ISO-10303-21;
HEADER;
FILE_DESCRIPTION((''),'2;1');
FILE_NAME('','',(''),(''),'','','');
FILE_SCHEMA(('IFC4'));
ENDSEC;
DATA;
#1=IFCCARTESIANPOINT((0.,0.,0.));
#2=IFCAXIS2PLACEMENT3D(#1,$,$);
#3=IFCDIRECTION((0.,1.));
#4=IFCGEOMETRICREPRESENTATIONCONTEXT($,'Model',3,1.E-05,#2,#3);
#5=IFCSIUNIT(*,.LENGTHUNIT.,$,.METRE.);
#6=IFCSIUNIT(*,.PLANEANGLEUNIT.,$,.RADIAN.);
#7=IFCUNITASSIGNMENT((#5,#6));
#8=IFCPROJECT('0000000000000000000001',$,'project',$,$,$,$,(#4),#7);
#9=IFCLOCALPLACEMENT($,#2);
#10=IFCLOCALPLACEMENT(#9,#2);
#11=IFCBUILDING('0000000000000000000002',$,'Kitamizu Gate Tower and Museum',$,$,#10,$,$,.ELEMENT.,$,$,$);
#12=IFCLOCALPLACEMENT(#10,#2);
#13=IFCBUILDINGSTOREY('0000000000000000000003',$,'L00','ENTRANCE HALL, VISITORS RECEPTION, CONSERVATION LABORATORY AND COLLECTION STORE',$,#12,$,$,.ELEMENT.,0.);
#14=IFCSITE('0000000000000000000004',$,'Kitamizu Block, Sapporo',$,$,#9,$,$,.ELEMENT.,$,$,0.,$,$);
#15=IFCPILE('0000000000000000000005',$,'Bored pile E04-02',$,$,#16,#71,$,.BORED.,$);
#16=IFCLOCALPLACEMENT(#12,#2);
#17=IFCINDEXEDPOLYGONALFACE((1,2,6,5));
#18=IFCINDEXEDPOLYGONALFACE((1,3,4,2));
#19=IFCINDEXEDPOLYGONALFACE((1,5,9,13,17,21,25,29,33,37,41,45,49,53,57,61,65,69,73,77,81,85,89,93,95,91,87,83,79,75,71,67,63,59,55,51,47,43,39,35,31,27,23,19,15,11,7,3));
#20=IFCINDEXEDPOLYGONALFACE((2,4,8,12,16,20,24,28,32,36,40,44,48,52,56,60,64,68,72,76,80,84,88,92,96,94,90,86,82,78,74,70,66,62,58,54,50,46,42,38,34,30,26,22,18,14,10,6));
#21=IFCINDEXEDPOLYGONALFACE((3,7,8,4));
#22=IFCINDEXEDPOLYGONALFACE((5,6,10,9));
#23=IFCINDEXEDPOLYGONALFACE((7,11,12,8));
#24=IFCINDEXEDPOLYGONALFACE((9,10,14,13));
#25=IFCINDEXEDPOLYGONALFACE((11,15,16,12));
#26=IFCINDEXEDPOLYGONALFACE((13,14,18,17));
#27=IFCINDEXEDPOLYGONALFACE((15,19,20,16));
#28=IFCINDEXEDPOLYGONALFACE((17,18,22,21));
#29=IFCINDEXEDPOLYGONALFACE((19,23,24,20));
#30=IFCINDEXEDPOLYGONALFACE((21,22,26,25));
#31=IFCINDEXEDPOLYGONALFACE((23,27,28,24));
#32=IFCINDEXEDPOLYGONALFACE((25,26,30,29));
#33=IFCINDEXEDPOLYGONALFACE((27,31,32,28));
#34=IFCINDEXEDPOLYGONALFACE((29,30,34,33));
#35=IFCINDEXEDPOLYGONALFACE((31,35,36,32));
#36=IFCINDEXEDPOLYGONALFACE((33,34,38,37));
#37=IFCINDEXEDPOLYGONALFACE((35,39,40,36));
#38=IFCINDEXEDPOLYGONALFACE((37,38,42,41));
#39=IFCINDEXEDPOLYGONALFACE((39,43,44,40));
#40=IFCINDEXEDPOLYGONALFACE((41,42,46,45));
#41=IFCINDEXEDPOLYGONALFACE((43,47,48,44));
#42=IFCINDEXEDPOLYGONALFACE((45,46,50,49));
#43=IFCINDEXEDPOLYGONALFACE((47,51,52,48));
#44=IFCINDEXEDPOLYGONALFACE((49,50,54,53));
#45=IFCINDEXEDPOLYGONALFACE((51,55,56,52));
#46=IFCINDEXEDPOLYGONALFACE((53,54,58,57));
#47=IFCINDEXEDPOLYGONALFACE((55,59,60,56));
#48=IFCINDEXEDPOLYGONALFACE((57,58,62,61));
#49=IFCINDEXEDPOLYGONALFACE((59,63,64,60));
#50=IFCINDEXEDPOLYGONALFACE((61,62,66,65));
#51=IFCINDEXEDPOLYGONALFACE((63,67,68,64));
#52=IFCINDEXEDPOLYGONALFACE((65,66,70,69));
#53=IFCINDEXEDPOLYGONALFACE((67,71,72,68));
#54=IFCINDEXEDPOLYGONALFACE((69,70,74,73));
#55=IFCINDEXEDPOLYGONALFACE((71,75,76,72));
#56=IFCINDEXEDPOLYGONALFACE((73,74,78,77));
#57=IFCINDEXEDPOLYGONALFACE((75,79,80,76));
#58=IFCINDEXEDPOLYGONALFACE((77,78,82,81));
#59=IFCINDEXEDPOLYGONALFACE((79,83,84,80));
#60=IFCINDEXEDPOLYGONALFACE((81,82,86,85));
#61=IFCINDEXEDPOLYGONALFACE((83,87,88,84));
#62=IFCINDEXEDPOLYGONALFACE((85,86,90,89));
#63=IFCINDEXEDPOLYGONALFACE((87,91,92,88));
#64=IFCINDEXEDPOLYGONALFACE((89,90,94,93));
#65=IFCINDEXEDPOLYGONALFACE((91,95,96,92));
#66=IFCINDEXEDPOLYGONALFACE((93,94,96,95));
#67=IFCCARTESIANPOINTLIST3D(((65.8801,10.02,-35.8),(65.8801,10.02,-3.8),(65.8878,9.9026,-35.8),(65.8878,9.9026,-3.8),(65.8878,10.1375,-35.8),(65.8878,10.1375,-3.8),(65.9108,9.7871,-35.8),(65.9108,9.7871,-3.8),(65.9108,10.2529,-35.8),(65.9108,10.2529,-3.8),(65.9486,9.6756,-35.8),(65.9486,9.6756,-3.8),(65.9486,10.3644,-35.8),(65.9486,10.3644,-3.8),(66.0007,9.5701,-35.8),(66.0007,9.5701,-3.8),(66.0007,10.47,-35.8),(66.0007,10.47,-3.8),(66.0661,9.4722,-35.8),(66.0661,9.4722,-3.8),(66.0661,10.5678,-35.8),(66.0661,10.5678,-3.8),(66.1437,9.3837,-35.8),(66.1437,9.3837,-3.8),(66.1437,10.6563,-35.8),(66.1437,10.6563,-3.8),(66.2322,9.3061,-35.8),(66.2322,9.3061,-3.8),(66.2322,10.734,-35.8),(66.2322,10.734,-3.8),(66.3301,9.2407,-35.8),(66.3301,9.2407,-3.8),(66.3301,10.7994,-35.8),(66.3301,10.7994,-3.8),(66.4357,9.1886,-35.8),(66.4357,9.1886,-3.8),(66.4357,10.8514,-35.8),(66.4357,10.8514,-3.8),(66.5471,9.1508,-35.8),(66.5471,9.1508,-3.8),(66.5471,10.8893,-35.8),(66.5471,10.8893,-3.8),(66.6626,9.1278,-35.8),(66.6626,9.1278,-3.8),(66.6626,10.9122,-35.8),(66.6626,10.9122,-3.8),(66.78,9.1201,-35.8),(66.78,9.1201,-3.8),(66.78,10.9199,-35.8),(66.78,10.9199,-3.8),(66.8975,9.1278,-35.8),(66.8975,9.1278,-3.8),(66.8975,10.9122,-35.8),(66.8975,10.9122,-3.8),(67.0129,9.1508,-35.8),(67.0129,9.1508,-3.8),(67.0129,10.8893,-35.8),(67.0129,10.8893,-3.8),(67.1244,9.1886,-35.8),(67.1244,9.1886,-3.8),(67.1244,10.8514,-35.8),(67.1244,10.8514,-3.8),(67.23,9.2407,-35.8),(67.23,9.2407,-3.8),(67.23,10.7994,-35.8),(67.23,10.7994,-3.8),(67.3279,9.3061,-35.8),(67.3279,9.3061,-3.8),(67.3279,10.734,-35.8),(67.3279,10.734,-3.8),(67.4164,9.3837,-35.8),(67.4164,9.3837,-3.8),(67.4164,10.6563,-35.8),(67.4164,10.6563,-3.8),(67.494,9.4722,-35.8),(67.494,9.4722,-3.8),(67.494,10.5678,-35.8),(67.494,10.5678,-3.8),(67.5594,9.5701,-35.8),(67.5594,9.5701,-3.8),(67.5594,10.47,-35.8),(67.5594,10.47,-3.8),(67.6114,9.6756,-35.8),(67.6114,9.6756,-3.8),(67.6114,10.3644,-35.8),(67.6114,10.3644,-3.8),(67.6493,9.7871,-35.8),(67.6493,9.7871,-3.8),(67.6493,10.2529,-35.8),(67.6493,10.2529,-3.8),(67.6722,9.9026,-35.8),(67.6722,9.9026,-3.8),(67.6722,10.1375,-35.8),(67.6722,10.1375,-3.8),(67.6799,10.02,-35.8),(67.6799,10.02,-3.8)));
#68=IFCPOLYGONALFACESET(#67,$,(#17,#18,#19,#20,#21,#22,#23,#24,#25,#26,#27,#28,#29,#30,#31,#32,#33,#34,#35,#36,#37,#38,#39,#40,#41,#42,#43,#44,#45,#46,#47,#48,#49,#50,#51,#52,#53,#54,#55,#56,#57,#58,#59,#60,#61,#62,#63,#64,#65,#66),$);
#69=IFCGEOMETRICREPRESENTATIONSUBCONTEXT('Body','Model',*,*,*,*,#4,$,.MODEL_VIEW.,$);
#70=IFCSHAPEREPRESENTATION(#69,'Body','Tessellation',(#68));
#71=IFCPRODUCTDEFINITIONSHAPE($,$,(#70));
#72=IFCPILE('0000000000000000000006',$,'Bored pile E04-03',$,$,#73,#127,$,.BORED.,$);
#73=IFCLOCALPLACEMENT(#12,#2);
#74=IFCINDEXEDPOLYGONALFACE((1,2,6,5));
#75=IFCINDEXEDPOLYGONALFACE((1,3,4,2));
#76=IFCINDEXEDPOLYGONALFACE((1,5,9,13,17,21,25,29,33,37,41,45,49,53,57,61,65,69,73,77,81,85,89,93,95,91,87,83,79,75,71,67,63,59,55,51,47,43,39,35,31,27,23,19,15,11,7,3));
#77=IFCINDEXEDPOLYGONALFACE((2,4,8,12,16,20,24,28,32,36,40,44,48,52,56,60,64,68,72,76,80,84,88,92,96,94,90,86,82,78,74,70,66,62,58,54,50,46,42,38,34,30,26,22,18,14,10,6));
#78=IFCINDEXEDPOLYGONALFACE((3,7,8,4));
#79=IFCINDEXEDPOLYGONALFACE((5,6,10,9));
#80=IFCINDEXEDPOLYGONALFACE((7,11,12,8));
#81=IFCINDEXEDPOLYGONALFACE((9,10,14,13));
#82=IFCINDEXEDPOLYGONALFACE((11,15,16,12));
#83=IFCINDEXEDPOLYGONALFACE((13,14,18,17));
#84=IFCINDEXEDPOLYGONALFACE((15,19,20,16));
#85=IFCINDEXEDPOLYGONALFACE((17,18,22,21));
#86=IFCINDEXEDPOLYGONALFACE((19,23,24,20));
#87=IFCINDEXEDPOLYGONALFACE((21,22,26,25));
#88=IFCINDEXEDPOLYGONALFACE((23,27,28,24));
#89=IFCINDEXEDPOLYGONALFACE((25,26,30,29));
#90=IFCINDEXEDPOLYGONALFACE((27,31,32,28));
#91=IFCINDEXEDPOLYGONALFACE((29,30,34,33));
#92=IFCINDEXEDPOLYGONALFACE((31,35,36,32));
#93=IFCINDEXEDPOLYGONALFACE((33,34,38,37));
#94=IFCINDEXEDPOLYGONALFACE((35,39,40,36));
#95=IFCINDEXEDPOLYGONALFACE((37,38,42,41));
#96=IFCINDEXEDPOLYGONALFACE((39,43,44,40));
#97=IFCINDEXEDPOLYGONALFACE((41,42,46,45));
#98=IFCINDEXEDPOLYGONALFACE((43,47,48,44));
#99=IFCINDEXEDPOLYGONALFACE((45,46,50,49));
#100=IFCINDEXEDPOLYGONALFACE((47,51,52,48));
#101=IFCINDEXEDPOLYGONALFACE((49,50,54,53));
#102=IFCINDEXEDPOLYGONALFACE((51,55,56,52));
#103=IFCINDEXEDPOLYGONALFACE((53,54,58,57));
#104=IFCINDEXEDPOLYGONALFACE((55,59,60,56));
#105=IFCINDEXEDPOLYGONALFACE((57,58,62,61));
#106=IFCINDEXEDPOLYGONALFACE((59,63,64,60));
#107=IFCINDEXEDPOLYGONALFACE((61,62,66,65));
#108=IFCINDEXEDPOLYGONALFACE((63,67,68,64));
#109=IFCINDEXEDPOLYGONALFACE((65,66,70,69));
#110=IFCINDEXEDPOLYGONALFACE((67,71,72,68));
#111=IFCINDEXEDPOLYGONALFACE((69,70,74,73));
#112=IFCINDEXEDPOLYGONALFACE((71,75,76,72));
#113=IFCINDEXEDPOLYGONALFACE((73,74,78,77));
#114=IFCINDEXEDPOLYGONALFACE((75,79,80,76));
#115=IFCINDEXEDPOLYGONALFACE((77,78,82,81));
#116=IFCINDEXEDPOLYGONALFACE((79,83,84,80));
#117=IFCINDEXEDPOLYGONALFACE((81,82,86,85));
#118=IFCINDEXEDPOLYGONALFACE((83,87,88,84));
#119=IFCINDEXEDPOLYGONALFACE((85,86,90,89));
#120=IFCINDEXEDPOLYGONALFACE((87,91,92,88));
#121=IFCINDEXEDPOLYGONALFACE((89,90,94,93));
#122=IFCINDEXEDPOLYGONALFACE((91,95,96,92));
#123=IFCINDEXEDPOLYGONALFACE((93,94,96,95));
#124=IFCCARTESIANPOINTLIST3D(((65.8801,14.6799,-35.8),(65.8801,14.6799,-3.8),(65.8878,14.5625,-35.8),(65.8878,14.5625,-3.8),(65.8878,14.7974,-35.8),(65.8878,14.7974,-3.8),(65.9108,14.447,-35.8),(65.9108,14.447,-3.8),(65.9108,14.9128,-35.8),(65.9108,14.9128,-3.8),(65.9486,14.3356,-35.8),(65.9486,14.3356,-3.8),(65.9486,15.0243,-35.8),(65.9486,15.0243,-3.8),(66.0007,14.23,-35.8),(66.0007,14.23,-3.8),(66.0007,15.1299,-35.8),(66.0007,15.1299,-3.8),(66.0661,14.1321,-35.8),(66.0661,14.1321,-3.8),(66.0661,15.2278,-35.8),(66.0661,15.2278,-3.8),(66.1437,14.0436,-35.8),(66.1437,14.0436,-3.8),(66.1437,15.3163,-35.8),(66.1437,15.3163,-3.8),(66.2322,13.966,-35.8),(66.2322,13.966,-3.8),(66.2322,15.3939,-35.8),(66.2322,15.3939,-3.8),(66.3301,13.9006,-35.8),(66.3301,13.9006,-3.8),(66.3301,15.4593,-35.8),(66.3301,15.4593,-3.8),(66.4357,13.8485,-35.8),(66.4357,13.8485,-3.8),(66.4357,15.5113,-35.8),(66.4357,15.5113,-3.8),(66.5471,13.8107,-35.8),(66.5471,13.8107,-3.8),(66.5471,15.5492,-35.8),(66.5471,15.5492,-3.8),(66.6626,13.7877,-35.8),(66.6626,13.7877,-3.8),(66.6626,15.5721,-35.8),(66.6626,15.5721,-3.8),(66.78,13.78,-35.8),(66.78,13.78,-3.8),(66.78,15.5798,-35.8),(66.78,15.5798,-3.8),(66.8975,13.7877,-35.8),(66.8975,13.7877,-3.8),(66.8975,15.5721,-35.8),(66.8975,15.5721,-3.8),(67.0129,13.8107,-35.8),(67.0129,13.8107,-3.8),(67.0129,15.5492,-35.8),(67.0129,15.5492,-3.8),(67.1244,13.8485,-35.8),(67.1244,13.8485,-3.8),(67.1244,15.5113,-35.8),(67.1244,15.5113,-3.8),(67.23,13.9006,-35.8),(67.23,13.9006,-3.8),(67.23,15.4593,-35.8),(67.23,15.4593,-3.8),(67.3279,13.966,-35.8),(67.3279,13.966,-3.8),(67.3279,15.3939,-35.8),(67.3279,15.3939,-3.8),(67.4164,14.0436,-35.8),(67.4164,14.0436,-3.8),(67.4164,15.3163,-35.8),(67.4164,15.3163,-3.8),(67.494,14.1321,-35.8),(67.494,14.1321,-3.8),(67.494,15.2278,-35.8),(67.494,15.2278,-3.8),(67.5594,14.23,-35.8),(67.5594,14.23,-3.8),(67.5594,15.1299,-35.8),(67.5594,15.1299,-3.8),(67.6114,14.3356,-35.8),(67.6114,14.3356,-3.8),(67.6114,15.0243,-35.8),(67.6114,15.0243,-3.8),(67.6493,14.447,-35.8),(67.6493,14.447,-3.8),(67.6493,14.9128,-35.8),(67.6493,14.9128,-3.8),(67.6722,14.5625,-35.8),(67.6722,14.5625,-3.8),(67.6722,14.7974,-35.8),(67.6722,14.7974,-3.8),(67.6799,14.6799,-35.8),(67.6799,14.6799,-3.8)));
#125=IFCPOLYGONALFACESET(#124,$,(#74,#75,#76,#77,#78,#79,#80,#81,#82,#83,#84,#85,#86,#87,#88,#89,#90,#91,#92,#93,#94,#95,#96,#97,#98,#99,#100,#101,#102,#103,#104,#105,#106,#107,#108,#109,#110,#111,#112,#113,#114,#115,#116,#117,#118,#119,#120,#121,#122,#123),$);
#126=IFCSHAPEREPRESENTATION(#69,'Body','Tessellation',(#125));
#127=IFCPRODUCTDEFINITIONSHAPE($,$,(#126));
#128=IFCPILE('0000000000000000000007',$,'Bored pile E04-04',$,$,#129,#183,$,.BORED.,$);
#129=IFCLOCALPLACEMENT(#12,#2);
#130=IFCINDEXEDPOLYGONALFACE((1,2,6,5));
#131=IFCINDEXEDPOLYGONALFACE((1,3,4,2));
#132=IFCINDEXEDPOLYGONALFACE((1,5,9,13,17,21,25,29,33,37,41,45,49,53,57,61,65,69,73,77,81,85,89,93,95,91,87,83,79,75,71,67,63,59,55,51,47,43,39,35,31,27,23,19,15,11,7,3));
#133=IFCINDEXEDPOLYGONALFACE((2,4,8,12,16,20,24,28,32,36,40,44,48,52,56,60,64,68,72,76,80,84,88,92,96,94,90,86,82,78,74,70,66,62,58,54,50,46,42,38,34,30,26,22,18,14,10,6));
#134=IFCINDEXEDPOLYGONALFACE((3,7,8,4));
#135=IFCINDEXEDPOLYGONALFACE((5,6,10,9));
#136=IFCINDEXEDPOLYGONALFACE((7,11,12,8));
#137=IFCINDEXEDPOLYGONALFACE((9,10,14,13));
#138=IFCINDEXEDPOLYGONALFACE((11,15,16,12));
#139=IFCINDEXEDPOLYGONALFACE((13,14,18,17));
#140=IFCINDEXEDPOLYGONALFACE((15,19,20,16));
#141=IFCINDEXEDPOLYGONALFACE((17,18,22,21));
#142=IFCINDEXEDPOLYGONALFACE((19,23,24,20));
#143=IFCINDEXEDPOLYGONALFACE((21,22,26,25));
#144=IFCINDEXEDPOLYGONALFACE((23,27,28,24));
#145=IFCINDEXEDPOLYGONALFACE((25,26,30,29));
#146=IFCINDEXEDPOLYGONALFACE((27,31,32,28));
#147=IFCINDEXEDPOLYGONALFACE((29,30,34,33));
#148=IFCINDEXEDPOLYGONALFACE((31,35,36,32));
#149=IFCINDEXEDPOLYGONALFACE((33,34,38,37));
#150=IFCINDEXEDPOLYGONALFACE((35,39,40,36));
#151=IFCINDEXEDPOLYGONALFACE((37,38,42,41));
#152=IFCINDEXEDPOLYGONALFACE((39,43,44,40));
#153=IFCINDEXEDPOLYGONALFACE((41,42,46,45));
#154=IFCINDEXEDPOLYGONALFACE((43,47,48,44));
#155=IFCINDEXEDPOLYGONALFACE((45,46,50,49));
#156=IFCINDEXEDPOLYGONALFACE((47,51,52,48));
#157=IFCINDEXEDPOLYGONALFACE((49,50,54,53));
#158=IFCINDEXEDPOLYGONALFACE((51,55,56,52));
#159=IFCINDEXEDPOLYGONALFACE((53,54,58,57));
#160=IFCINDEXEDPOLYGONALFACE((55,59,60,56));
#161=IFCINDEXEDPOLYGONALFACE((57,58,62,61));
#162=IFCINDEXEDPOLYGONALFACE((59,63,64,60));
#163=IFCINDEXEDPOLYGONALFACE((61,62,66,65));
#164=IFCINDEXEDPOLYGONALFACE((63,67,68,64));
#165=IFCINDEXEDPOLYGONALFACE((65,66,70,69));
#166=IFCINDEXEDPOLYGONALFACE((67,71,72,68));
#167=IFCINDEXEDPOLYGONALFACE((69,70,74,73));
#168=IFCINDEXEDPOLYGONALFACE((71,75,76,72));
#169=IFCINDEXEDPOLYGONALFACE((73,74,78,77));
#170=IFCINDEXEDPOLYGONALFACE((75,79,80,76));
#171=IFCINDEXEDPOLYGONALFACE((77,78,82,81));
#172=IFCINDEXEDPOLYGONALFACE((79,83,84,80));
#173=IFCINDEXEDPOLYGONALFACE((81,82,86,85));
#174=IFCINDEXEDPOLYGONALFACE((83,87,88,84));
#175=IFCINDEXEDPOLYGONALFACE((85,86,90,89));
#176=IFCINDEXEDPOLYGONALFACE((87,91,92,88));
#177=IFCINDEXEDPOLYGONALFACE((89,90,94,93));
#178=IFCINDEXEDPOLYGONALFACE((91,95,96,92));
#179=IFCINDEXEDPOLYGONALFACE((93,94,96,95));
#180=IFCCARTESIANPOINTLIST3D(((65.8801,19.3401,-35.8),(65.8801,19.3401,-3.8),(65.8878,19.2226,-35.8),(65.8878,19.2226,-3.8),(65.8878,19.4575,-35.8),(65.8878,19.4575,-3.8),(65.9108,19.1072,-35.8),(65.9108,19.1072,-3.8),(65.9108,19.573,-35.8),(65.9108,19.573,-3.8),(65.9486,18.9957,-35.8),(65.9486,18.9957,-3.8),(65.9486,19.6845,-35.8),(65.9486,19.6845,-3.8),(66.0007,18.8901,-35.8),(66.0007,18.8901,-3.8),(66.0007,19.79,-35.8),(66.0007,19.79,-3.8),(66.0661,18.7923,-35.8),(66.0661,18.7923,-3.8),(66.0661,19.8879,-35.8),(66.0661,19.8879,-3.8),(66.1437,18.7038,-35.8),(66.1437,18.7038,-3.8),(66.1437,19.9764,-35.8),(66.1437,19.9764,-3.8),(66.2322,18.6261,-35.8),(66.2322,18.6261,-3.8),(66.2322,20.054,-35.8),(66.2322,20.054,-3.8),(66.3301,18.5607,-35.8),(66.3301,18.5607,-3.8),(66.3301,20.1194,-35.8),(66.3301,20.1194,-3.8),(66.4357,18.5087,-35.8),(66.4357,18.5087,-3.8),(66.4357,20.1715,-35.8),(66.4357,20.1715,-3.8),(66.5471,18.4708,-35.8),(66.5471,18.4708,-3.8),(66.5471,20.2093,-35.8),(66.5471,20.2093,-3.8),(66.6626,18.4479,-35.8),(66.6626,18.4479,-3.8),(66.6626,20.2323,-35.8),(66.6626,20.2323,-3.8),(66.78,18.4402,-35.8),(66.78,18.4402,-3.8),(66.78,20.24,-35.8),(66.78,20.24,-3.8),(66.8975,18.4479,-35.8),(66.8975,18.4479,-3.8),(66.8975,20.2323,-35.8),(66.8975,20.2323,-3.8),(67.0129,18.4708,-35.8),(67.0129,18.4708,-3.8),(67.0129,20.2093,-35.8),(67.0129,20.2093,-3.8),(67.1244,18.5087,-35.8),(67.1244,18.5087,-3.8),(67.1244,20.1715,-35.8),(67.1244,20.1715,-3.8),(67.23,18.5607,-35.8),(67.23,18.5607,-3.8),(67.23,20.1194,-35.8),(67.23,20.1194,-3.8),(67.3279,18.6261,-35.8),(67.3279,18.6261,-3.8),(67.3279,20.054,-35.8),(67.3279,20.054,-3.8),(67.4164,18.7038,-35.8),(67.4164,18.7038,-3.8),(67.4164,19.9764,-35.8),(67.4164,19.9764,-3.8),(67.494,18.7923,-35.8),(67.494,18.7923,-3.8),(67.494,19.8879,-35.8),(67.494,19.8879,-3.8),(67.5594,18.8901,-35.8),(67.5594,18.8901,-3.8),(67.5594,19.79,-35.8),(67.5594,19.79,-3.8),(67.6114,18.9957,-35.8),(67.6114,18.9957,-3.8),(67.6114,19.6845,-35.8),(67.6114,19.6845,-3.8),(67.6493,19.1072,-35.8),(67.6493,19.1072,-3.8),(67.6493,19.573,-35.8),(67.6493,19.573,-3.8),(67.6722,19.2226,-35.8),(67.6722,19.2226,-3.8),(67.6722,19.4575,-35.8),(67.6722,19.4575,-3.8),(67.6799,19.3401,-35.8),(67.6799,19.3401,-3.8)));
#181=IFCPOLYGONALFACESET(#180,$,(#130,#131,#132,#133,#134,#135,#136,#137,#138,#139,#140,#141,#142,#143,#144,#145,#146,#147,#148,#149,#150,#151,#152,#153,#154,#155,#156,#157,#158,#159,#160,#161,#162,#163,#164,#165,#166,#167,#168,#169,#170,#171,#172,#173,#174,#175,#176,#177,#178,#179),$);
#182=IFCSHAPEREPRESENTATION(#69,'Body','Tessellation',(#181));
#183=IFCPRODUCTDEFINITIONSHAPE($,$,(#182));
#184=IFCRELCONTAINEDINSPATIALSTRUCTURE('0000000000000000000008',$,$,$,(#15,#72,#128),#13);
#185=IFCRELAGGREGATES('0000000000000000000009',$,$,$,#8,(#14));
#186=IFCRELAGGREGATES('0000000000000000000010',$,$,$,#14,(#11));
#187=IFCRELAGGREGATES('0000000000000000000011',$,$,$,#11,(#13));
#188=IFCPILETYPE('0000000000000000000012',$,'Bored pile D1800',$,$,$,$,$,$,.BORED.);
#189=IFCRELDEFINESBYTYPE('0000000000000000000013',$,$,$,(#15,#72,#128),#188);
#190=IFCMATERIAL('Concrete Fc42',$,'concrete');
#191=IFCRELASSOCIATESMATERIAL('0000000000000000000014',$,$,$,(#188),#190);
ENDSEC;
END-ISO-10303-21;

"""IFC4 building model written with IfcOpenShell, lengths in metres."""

from ifc_helpers import new_model, si_unit, direction, frame, origin, origin_2d, place, context, subcontext, project, spatial, circle, extrude, material, material_profile, profile_set, type_object, element, save


model = new_model("IFC4")

# Units and contexts
model_context = context("Model", 3, precision=1e-05, world=origin(), true_north=direction((0.0, 1.0)))
body_context = subcontext(model_context, "Body", "Model", "MODEL_VIEW")
ifc_project = project(units=[si_unit("LENGTHUNIT", "METRE"), si_unit("PLANEANGLEUNIT", "RADIAN")], contexts=[model_context])

# Site, building, storey
site_placement = place(None, origin())
site = spatial("IfcSite", under=ifc_project, at=site_placement, Name="Kitamizu Block, Sapporo", CompositionType="ELEMENT", RefElevation=0.0)
building_placement = place(site_placement, origin())
building = spatial("IfcBuilding", under=site, at=building_placement, Name="Kitamizu Gate Tower and Museum", CompositionType="ELEMENT")
storey_placement = place(building_placement, origin())
storey = spatial("IfcBuildingStorey", under=building, at=storey_placement, Name="L00", Description="ENTRANCE HALL, VISITORS RECEPTION, CONSERVATION LABORATORY AND COLLECTION STORE", CompositionType="ELEMENT", Elevation=0.0)

# Piles
ifc_material_1 = material(Name="Concrete Fc42", Category="concrete")
ifc_material_profile_1 = material_profile(ifc_material_1, circle(Radius=0.8999, at=origin_2d()), Name="Bored pile D1800")
ifc_profile_set_1 = profile_set([ifc_material_profile_1], Name="Concrete Fc42")
pile_type = type_object("IfcPileType", Name="Bored pile D1800", PredefinedType="BORED", material=ifc_profile_set_1)
for number, where, z_axis, x_axis, name in (
    (1, (66.78, 10.02, -3.8), (0.0, 0.0, -1.0), (1.0, 0.0, 0.0), "Bored pile E04-02"),
    (2, (66.78, 14.6799, -3.8), (0.0, 0.0, -1.0), (1.0, 0.0, 0.0), "Bored pile E04-03"),
    (3, (66.78, 19.3401, -3.8), (0.0, 0.0, -1.0), (1.0, 0.0, 0.0), "Bored pile E04-04"),
):
    element("IfcPile", number, at=place(storey_placement, frame(where, z_axis=z_axis, x_axis=x_axis)), inside=storey, type_object=pile_type, Name=name, PredefinedType="BORED", context=body_context, shape_type="SweptSolid", body=[
        extrude(circle(Radius=0.8999, at=origin_2d()), origin(), (0.0, 0.0, 1.0), 32.0),
    ])

save(model, "model.ifc")
